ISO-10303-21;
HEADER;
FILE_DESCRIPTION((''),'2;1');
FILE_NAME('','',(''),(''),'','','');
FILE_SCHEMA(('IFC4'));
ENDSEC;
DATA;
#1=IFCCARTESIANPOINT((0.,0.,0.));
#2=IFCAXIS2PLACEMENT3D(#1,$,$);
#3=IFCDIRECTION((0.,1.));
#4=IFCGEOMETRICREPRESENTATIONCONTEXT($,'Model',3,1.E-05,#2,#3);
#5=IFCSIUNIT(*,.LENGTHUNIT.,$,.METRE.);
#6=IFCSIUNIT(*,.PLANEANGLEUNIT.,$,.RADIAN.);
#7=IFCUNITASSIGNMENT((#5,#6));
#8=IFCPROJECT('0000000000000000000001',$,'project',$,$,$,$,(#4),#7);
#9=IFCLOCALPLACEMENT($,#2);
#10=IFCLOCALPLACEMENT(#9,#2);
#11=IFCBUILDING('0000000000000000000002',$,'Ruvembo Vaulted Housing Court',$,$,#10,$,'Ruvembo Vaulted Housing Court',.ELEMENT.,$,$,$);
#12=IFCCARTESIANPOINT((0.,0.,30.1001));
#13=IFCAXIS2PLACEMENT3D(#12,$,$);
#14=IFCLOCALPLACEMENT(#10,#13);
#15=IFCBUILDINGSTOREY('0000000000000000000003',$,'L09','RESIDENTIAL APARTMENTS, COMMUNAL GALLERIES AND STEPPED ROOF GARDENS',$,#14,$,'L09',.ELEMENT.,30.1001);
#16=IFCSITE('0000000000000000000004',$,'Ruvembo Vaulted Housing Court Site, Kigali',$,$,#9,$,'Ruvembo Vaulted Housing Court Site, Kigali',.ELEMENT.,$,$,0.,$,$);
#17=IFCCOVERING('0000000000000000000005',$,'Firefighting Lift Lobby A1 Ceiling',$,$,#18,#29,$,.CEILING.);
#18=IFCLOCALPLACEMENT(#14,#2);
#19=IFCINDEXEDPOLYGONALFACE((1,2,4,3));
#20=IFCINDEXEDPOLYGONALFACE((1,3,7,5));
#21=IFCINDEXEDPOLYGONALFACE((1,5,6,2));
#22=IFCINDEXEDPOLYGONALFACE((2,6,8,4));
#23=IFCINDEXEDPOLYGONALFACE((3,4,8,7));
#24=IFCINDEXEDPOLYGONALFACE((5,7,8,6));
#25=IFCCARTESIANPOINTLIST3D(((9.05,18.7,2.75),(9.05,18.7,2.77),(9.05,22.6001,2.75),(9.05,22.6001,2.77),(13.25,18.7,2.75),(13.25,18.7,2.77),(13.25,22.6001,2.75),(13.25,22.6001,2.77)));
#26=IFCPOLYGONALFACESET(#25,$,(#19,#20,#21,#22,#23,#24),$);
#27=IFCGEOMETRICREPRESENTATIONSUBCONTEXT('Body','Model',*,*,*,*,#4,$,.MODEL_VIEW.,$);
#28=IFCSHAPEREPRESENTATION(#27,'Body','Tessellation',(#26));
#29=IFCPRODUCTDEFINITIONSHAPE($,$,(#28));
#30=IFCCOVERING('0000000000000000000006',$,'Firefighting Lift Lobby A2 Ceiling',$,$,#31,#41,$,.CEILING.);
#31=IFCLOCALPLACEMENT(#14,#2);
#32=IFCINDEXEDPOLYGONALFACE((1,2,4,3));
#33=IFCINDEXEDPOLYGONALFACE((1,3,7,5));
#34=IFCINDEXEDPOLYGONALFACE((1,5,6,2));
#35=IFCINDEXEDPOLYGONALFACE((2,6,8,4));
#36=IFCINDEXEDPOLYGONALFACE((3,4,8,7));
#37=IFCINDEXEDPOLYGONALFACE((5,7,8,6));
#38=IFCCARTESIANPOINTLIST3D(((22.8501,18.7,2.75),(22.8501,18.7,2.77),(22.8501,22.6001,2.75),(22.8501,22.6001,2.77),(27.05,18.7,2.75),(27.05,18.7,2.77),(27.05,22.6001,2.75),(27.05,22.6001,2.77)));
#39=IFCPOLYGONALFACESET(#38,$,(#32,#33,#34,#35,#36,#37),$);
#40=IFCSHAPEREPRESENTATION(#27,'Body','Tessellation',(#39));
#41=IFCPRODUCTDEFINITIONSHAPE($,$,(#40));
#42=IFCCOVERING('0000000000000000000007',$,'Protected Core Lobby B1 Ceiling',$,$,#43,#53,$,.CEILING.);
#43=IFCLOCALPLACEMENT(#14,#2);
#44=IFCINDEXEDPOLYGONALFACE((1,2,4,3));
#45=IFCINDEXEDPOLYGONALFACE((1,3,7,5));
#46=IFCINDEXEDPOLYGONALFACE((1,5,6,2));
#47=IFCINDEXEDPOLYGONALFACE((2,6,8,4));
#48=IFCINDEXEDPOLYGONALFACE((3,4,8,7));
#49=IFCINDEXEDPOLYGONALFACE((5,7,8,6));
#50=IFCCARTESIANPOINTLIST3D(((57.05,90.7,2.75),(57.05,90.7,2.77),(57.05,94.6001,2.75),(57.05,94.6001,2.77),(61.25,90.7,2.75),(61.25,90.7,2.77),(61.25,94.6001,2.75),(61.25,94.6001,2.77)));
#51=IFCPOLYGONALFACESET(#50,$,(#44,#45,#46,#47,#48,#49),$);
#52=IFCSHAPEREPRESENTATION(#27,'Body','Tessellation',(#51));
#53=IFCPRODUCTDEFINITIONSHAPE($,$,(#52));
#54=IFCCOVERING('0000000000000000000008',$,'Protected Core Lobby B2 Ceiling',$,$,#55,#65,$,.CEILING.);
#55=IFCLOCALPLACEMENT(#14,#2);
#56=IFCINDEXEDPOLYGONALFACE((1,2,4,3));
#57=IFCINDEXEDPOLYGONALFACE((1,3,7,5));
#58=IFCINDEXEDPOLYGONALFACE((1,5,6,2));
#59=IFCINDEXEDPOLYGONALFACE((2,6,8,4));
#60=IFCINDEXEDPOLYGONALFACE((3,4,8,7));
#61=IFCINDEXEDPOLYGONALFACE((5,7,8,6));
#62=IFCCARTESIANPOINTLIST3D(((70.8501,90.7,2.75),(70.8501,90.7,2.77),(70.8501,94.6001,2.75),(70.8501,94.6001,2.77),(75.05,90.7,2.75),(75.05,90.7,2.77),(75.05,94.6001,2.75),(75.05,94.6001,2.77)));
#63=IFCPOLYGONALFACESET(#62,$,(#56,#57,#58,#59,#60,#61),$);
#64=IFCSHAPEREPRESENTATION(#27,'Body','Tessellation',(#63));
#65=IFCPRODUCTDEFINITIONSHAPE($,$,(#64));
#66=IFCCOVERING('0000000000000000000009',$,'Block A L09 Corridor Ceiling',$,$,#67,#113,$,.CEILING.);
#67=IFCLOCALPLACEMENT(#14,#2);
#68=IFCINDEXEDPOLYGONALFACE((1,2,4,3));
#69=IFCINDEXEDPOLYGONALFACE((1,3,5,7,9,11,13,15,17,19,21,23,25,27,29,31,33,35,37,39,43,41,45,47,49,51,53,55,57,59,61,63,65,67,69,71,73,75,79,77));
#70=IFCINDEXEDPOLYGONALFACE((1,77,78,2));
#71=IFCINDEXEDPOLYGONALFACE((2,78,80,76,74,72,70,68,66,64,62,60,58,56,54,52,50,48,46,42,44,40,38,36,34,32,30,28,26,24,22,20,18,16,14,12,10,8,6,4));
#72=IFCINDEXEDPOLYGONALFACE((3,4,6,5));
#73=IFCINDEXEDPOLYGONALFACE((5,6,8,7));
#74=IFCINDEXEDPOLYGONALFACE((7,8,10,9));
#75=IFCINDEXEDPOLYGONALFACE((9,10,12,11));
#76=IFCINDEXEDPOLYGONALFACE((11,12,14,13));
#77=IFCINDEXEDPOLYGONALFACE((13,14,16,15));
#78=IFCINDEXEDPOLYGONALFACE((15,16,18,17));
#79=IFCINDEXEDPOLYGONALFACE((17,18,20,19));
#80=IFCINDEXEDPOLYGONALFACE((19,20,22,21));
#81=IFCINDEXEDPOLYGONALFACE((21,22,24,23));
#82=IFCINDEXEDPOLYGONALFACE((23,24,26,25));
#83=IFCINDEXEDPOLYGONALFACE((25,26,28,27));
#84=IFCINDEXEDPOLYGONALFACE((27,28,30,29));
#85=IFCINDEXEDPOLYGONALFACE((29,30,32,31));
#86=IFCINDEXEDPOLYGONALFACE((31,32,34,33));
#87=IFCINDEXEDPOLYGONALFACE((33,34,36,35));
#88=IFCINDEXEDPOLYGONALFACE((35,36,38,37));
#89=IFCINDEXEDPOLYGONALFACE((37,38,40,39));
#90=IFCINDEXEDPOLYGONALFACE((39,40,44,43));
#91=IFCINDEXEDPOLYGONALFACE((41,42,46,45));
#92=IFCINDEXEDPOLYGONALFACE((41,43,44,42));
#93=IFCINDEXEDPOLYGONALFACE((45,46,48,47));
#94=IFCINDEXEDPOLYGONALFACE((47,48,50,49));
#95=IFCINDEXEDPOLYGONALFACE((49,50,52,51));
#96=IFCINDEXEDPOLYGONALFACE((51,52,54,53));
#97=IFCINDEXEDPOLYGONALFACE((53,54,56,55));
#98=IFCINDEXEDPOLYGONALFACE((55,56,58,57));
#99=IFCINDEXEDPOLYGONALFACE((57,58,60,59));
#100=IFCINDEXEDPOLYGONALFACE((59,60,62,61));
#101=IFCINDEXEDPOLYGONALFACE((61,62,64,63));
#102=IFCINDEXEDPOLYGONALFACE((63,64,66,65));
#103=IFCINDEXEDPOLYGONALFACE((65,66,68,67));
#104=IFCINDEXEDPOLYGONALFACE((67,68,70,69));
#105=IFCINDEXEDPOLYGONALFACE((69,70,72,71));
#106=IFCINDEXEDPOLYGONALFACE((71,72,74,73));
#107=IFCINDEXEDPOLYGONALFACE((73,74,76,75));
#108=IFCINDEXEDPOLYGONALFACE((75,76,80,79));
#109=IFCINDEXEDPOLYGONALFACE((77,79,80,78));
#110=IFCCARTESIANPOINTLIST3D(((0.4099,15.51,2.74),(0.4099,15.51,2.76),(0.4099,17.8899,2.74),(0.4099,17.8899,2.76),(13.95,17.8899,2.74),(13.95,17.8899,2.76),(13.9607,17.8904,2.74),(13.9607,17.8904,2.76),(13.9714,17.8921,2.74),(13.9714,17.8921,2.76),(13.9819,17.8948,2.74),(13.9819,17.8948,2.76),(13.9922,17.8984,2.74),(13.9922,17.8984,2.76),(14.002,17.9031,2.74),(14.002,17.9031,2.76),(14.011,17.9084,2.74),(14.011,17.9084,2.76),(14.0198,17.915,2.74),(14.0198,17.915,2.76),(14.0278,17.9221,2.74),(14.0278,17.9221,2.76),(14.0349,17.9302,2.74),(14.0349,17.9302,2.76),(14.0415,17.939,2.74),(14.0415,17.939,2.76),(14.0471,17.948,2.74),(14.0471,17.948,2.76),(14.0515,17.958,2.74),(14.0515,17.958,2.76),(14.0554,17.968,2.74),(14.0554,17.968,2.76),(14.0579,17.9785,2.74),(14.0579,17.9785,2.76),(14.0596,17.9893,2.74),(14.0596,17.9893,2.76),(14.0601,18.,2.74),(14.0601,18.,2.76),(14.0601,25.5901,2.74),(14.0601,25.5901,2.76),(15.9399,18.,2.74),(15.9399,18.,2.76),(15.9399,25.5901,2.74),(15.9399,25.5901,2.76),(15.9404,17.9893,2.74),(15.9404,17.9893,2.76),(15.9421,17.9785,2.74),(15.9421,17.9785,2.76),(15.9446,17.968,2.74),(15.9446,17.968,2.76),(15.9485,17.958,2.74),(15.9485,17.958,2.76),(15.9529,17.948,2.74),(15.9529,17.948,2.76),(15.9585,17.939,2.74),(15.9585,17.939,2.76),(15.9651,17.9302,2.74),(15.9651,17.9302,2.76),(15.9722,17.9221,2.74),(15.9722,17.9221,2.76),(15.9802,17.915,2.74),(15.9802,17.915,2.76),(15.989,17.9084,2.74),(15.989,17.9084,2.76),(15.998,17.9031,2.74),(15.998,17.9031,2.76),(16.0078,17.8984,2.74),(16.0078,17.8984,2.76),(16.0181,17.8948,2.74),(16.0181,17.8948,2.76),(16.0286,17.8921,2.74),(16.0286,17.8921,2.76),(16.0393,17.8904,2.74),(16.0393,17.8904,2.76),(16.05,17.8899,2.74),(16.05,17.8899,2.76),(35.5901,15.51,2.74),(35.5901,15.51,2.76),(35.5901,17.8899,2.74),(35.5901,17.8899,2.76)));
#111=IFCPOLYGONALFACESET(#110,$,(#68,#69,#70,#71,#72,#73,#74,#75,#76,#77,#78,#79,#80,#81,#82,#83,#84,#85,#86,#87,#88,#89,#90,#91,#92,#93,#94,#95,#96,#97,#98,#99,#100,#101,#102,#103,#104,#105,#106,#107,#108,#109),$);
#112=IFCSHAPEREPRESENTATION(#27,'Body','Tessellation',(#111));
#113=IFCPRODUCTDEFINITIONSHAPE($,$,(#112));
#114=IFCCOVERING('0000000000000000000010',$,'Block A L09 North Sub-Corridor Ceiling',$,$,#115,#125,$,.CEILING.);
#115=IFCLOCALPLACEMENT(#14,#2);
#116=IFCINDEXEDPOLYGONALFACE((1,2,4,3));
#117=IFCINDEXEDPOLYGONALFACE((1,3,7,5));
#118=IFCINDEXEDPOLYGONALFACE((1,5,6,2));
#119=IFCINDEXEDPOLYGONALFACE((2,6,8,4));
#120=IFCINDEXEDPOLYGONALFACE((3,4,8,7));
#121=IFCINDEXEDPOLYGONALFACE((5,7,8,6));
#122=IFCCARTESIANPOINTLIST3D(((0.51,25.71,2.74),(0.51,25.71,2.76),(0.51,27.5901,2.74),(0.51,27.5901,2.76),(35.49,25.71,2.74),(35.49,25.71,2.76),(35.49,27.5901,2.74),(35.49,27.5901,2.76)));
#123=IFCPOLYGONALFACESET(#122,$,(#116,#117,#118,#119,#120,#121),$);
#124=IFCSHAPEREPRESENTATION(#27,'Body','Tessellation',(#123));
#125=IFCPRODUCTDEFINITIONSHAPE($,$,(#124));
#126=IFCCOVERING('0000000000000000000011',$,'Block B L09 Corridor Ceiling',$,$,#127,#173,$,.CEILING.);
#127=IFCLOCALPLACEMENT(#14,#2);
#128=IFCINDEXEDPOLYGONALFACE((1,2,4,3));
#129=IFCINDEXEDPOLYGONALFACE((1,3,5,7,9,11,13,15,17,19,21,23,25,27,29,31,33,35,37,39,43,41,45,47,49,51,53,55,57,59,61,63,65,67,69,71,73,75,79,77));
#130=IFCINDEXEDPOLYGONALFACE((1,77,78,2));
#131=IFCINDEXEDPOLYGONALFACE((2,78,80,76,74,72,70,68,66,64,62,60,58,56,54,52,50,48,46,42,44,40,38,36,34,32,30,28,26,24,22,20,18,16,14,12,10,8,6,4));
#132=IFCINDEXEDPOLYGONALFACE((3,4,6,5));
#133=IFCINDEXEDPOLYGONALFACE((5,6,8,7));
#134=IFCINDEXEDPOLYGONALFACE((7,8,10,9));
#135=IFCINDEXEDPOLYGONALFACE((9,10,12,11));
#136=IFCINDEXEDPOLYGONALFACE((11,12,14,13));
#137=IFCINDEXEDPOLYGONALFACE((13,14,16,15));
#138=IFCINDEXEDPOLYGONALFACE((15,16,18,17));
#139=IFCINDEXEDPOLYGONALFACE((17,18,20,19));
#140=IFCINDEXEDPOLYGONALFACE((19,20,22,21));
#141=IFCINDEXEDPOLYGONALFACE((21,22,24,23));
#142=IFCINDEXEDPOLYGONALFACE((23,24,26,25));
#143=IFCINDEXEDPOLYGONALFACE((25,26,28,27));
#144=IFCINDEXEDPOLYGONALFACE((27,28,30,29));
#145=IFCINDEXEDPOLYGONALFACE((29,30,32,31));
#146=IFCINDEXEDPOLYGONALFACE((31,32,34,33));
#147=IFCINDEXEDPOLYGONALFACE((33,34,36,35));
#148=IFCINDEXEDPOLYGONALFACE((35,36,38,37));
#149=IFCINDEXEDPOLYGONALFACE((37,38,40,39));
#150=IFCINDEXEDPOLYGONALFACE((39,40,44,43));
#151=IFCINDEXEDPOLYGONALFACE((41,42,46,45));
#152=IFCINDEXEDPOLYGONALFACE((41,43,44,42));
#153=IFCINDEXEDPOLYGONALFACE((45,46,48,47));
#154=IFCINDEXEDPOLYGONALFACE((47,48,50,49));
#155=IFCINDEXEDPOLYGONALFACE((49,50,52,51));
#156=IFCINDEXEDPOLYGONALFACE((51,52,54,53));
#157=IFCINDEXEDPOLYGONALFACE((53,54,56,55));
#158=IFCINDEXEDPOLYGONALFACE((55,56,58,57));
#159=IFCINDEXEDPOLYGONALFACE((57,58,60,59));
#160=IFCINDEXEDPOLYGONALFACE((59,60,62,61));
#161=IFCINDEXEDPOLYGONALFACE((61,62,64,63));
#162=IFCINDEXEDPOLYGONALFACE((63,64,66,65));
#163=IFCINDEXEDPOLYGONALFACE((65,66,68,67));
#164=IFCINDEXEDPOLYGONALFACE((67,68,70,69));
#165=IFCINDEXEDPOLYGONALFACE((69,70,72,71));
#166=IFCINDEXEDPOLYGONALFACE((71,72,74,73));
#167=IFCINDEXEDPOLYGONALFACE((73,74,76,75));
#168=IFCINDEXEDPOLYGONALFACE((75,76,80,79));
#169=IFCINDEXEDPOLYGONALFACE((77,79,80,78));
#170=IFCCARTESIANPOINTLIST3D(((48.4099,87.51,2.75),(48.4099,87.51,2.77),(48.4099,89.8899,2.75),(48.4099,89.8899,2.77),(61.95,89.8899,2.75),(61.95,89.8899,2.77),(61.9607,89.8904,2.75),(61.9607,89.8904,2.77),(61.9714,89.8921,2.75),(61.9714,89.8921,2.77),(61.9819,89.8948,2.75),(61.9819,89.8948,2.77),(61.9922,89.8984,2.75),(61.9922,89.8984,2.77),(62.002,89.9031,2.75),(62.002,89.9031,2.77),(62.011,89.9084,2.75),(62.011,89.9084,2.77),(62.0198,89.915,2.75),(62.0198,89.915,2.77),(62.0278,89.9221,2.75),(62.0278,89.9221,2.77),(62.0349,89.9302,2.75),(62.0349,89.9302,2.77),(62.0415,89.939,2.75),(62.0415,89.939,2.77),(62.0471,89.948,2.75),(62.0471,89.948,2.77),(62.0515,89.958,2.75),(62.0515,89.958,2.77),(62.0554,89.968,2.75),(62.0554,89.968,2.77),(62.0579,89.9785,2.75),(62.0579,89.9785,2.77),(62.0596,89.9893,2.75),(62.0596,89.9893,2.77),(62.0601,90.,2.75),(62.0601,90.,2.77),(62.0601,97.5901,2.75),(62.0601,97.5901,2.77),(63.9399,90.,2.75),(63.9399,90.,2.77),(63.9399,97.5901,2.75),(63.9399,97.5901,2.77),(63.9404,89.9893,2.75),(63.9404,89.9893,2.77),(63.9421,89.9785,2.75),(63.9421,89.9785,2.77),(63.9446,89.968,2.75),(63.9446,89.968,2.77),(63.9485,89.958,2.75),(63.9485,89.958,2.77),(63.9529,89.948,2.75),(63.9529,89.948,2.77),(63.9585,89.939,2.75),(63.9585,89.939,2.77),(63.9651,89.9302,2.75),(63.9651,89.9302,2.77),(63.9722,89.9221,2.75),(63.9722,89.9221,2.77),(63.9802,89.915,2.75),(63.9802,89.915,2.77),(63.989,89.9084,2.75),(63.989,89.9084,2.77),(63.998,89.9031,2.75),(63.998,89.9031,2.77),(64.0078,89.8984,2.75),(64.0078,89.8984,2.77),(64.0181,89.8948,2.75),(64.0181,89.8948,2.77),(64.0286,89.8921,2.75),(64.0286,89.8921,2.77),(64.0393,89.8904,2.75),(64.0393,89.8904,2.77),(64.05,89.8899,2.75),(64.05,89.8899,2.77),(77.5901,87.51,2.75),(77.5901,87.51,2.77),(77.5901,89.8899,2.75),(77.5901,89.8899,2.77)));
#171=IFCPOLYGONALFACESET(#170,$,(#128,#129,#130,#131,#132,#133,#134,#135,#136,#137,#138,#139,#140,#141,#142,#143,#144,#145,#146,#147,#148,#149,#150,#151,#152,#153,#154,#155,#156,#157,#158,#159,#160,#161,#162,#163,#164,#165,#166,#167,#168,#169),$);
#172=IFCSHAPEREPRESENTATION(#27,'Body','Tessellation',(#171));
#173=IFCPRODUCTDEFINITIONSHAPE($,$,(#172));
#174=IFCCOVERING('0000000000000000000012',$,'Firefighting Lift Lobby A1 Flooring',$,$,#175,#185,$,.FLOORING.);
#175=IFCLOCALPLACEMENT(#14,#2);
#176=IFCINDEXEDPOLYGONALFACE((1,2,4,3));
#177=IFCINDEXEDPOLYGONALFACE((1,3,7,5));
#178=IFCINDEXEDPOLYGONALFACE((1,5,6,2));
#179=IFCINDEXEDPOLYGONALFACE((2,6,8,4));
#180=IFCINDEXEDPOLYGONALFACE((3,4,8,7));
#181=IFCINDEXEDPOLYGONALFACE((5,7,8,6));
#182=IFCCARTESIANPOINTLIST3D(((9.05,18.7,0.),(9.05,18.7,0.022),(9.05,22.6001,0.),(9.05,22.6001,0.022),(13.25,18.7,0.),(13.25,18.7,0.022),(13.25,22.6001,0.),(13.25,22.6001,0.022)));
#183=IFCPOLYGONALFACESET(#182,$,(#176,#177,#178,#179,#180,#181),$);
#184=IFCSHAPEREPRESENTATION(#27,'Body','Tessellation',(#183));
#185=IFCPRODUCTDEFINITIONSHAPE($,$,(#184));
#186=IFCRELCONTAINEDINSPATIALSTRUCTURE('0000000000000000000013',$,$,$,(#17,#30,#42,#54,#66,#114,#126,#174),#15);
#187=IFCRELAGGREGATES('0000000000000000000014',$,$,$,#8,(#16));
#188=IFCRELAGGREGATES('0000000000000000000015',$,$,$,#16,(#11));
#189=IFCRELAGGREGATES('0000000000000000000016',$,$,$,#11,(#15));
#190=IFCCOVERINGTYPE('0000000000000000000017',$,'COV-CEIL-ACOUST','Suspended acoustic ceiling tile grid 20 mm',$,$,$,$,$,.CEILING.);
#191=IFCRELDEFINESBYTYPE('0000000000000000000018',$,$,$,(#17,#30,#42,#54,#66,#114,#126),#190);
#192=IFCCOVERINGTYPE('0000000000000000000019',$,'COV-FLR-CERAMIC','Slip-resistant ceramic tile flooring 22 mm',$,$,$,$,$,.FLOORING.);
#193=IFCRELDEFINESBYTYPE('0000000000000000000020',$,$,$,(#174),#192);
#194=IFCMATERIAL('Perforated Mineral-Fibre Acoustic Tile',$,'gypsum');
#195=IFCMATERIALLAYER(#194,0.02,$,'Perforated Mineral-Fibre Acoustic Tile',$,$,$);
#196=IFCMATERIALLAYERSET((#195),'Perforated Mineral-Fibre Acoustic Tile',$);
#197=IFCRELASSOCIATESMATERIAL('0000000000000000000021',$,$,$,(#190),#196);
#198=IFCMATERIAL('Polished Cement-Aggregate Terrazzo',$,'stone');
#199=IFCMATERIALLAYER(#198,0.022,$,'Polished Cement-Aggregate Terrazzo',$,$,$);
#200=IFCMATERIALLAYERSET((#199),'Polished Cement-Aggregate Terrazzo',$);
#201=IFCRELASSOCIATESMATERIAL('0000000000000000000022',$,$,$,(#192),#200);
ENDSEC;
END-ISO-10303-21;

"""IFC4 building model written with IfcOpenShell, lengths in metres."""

from ifc_helpers import new_model, si_unit, direction, frame, origin, place, context, subcontext, project, spatial, polyline, outline, extrude, material, layer, layer_set, type_object, element, save


model = new_model("IFC4")

# Units and contexts
model_context = context("Model", 3, precision=1e-05, world=origin(), true_north=direction((0.0, 1.0)))
body_context = subcontext(model_context, "Body", "Model", "MODEL_VIEW")
ifc_project = project(units=[si_unit("LENGTHUNIT", "METRE"), si_unit("PLANEANGLEUNIT", "RADIAN")], contexts=[model_context])

# Site, building, storey
site_placement = place(None, origin())
site = spatial("IfcSite", under=ifc_project, at=site_placement, Name="Ruvembo Vaulted Housing Court Site, Kigali", LongName="Ruvembo Vaulted Housing Court Site, Kigali", CompositionType="ELEMENT", RefElevation=0.0)
building_placement = place(site_placement, origin())
building = spatial("IfcBuilding", under=site, at=building_placement, Name="Ruvembo Vaulted Housing Court", LongName="Ruvembo Vaulted Housing Court", CompositionType="ELEMENT")
storey_placement = place(building_placement, frame((0.0, 0.0, 30.1001)))
storey = spatial("IfcBuildingStorey", under=building, at=storey_placement, Name="L09", Description="RESIDENTIAL APARTMENTS, COMMUNAL GALLERIES AND STEPPED ROOF GARDENS", LongName="L09", CompositionType="ELEMENT", Elevation=30.1001)

# Coverings
ifc_material_1 = material(Name="Perforated Mineral-Fibre Acoustic Tile", Category="gypsum")
ifc_layer_1 = layer(ifc_material_1, 0.02, Name="Perforated Mineral-Fibre Acoustic Tile")
ifc_layer_set_1 = layer_set([ifc_layer_1], Name="Perforated Mineral-Fibre Acoustic Tile")
covering_type_1 = type_object("IfcCoveringType", Name="COV-CEIL-ACOUST", Description="Suspended acoustic ceiling tile grid 20 mm", PredefinedType="CEILING", material=ifc_layer_set_1)
covering_1_placement = place(storey_placement, frame((0.0, 0.0, 2.75)))
element("IfcCovering", 1, at=covering_1_placement, inside=storey, type_object=covering_type_1, Name="Firefighting Lift Lobby A1 Ceiling", PredefinedType="CEILING", context=body_context, shape_type="SweptSolid", body=[
    extrude(outline(polyline([(13.25, 22.6001), (9.05, 22.6001), (9.05, 18.7), (13.25, 18.7), (13.25, 22.6001)])), origin(), (0.0, 0.0, 1.0), 0.02),
])
covering_2_placement = place(storey_placement, frame((0.0, 0.0, 2.75)))
element("IfcCovering", 2, at=covering_2_placement, inside=storey, type_object=covering_type_1, Name="Firefighting Lift Lobby A2 Ceiling", PredefinedType="CEILING", context=body_context, shape_type="SweptSolid", body=[
    extrude(outline(polyline([(27.05, 22.6001), (22.8501, 22.6001), (22.8501, 18.7), (27.05, 18.7), (27.05, 22.6001)])), origin(), (0.0, 0.0, 1.0), 0.02),
])
covering_3_placement = place(storey_placement, frame((0.0, 0.0, 2.75)))
element("IfcCovering", 3, at=covering_3_placement, inside=storey, type_object=covering_type_1, Name="Protected Core Lobby B1 Ceiling", PredefinedType="CEILING", context=body_context, shape_type="SweptSolid", body=[
    extrude(outline(polyline([(61.25, 94.6001), (57.05, 94.6001), (57.05, 90.7), (61.25, 90.7), (61.25, 94.6001)])), origin(), (0.0, 0.0, 1.0), 0.02),
])
covering_4_placement = place(storey_placement, frame((0.0, 0.0, 2.75)))
element("IfcCovering", 4, at=covering_4_placement, inside=storey, type_object=covering_type_1, Name="Protected Core Lobby B2 Ceiling", PredefinedType="CEILING", context=body_context, shape_type="SweptSolid", body=[
    extrude(outline(polyline([(75.05, 94.6001), (70.8501, 94.6001), (70.8501, 90.7), (75.05, 90.7), (75.05, 94.6001)])), origin(), (0.0, 0.0, 1.0), 0.02),
])
covering_5_placement = place(storey_placement, frame((0.0, 0.0, 2.74)))
element("IfcCovering", 5, at=covering_5_placement, inside=storey, type_object=covering_type_1, Name="Block A L09 Corridor Ceiling", PredefinedType="CEILING", context=body_context, shape_type="SweptSolid", body=[
    extrude(outline(polyline([(35.5901, 15.51), (35.5901, 17.8899), (16.05, 17.8899), (16.0393, 17.8904), (16.0286, 17.8921), (16.0181, 17.8948), (16.0078, 17.8984), (15.998, 17.9031), (15.989, 17.9084), (15.9802, 17.915), (15.9722, 17.9221), (15.9651, 17.9302), (15.9585, 17.939), (15.9529, 17.948), (15.9485, 17.958), (15.9446, 17.968), (15.9421, 17.9785), (15.9404, 17.9893), (15.9399, 18.0), (15.9399, 25.5901), (14.0601, 25.5901), (14.0601, 18.0), (14.0596, 17.9893), (14.0579, 17.9785), (14.0554, 17.968), (14.0515, 17.958), (14.0471, 17.948), (14.0415, 17.939), (14.0349, 17.9302), (14.0278, 17.9221), (14.0198, 17.915), (14.011, 17.9084), (14.002, 17.9031), (13.9922, 17.8984), (13.9819, 17.8948), (13.9714, 17.8921), (13.9607, 17.8904), (13.95, 17.8899), (0.4099, 17.8899), (0.4099, 15.51), (35.5901, 15.51)])), origin(), (0.0, 0.0, 1.0), 0.02),
])
covering_6_placement = place(storey_placement, frame((0.0, 0.0, 2.74)))
element("IfcCovering", 6, at=covering_6_placement, inside=storey, type_object=covering_type_1, Name="Block A L09 North Sub-Corridor Ceiling", PredefinedType="CEILING", context=body_context, shape_type="SweptSolid", body=[
    extrude(outline(polyline([(0.51, 25.71), (35.49, 25.71), (35.49, 27.5901), (0.51, 27.5901), (0.51, 25.71)])), origin(), (0.0, 0.0, 1.0), 0.02),
])
covering_7_placement = place(storey_placement, frame((0.0, 0.0, 2.75)))
element("IfcCovering", 7, at=covering_7_placement, inside=storey, type_object=covering_type_1, Name="Block B L09 Corridor Ceiling", PredefinedType="CEILING", context=body_context, shape_type="SweptSolid", body=[
    extrude(outline(polyline([(77.5901, 87.51), (77.5901, 89.8899), (64.05, 89.8899), (64.0393, 89.8904), (64.0286, 89.8921), (64.0181, 89.8948), (64.0078, 89.8984), (63.998, 89.9031), (63.989, 89.9084), (63.9802, 89.915), (63.9722, 89.9221), (63.9651, 89.9302), (63.9585, 89.939), (63.9529, 89.948), (63.9485, 89.958), (63.9446, 89.968), (63.9421, 89.9785), (63.9404, 89.9893), (63.9399, 90.0), (63.9399, 97.5901), (62.0601, 97.5901), (62.0601, 90.0), (62.0596, 89.9893), (62.0579, 89.9785), (62.0554, 89.968), (62.0515, 89.958), (62.0471, 89.948), (62.0415, 89.939), (62.0349, 89.9302), (62.0278, 89.9221), (62.0198, 89.915), (62.011, 89.9084), (62.002, 89.9031), (61.9922, 89.8984), (61.9819, 89.8948), (61.9714, 89.8921), (61.9607, 89.8904), (61.95, 89.8899), (48.4099, 89.8899), (48.4099, 87.51), (77.5901, 87.51)])), origin(), (0.0, 0.0, 1.0), 0.02),
])
ifc_material_2 = material(Name="Polished Cement-Aggregate Terrazzo", Category="stone")
ifc_layer_2 = layer(ifc_material_2, 0.022, Name="Polished Cement-Aggregate Terrazzo")
ifc_layer_set_2 = layer_set([ifc_layer_2], Name="Polished Cement-Aggregate Terrazzo")
covering_type_2 = type_object("IfcCoveringType", Name="COV-FLR-CERAMIC", Description="Slip-resistant ceramic tile flooring 22 mm", PredefinedType="FLOORING", material=ifc_layer_set_2)
covering_8_placement = place(storey_placement, origin())
element("IfcCovering", 8, at=covering_8_placement, inside=storey, type_object=covering_type_2, Name="Firefighting Lift Lobby A1 Flooring", PredefinedType="FLOORING", context=body_context, shape_type="SweptSolid", body=[
    extrude(outline(polyline([(13.25, 22.6001), (9.05, 22.6001), (9.05, 18.7), (13.25, 18.7), (13.25, 22.6001)])), origin(), (0.0, 0.0, 1.0), 0.022),
])

save(model, "model.ifc")
